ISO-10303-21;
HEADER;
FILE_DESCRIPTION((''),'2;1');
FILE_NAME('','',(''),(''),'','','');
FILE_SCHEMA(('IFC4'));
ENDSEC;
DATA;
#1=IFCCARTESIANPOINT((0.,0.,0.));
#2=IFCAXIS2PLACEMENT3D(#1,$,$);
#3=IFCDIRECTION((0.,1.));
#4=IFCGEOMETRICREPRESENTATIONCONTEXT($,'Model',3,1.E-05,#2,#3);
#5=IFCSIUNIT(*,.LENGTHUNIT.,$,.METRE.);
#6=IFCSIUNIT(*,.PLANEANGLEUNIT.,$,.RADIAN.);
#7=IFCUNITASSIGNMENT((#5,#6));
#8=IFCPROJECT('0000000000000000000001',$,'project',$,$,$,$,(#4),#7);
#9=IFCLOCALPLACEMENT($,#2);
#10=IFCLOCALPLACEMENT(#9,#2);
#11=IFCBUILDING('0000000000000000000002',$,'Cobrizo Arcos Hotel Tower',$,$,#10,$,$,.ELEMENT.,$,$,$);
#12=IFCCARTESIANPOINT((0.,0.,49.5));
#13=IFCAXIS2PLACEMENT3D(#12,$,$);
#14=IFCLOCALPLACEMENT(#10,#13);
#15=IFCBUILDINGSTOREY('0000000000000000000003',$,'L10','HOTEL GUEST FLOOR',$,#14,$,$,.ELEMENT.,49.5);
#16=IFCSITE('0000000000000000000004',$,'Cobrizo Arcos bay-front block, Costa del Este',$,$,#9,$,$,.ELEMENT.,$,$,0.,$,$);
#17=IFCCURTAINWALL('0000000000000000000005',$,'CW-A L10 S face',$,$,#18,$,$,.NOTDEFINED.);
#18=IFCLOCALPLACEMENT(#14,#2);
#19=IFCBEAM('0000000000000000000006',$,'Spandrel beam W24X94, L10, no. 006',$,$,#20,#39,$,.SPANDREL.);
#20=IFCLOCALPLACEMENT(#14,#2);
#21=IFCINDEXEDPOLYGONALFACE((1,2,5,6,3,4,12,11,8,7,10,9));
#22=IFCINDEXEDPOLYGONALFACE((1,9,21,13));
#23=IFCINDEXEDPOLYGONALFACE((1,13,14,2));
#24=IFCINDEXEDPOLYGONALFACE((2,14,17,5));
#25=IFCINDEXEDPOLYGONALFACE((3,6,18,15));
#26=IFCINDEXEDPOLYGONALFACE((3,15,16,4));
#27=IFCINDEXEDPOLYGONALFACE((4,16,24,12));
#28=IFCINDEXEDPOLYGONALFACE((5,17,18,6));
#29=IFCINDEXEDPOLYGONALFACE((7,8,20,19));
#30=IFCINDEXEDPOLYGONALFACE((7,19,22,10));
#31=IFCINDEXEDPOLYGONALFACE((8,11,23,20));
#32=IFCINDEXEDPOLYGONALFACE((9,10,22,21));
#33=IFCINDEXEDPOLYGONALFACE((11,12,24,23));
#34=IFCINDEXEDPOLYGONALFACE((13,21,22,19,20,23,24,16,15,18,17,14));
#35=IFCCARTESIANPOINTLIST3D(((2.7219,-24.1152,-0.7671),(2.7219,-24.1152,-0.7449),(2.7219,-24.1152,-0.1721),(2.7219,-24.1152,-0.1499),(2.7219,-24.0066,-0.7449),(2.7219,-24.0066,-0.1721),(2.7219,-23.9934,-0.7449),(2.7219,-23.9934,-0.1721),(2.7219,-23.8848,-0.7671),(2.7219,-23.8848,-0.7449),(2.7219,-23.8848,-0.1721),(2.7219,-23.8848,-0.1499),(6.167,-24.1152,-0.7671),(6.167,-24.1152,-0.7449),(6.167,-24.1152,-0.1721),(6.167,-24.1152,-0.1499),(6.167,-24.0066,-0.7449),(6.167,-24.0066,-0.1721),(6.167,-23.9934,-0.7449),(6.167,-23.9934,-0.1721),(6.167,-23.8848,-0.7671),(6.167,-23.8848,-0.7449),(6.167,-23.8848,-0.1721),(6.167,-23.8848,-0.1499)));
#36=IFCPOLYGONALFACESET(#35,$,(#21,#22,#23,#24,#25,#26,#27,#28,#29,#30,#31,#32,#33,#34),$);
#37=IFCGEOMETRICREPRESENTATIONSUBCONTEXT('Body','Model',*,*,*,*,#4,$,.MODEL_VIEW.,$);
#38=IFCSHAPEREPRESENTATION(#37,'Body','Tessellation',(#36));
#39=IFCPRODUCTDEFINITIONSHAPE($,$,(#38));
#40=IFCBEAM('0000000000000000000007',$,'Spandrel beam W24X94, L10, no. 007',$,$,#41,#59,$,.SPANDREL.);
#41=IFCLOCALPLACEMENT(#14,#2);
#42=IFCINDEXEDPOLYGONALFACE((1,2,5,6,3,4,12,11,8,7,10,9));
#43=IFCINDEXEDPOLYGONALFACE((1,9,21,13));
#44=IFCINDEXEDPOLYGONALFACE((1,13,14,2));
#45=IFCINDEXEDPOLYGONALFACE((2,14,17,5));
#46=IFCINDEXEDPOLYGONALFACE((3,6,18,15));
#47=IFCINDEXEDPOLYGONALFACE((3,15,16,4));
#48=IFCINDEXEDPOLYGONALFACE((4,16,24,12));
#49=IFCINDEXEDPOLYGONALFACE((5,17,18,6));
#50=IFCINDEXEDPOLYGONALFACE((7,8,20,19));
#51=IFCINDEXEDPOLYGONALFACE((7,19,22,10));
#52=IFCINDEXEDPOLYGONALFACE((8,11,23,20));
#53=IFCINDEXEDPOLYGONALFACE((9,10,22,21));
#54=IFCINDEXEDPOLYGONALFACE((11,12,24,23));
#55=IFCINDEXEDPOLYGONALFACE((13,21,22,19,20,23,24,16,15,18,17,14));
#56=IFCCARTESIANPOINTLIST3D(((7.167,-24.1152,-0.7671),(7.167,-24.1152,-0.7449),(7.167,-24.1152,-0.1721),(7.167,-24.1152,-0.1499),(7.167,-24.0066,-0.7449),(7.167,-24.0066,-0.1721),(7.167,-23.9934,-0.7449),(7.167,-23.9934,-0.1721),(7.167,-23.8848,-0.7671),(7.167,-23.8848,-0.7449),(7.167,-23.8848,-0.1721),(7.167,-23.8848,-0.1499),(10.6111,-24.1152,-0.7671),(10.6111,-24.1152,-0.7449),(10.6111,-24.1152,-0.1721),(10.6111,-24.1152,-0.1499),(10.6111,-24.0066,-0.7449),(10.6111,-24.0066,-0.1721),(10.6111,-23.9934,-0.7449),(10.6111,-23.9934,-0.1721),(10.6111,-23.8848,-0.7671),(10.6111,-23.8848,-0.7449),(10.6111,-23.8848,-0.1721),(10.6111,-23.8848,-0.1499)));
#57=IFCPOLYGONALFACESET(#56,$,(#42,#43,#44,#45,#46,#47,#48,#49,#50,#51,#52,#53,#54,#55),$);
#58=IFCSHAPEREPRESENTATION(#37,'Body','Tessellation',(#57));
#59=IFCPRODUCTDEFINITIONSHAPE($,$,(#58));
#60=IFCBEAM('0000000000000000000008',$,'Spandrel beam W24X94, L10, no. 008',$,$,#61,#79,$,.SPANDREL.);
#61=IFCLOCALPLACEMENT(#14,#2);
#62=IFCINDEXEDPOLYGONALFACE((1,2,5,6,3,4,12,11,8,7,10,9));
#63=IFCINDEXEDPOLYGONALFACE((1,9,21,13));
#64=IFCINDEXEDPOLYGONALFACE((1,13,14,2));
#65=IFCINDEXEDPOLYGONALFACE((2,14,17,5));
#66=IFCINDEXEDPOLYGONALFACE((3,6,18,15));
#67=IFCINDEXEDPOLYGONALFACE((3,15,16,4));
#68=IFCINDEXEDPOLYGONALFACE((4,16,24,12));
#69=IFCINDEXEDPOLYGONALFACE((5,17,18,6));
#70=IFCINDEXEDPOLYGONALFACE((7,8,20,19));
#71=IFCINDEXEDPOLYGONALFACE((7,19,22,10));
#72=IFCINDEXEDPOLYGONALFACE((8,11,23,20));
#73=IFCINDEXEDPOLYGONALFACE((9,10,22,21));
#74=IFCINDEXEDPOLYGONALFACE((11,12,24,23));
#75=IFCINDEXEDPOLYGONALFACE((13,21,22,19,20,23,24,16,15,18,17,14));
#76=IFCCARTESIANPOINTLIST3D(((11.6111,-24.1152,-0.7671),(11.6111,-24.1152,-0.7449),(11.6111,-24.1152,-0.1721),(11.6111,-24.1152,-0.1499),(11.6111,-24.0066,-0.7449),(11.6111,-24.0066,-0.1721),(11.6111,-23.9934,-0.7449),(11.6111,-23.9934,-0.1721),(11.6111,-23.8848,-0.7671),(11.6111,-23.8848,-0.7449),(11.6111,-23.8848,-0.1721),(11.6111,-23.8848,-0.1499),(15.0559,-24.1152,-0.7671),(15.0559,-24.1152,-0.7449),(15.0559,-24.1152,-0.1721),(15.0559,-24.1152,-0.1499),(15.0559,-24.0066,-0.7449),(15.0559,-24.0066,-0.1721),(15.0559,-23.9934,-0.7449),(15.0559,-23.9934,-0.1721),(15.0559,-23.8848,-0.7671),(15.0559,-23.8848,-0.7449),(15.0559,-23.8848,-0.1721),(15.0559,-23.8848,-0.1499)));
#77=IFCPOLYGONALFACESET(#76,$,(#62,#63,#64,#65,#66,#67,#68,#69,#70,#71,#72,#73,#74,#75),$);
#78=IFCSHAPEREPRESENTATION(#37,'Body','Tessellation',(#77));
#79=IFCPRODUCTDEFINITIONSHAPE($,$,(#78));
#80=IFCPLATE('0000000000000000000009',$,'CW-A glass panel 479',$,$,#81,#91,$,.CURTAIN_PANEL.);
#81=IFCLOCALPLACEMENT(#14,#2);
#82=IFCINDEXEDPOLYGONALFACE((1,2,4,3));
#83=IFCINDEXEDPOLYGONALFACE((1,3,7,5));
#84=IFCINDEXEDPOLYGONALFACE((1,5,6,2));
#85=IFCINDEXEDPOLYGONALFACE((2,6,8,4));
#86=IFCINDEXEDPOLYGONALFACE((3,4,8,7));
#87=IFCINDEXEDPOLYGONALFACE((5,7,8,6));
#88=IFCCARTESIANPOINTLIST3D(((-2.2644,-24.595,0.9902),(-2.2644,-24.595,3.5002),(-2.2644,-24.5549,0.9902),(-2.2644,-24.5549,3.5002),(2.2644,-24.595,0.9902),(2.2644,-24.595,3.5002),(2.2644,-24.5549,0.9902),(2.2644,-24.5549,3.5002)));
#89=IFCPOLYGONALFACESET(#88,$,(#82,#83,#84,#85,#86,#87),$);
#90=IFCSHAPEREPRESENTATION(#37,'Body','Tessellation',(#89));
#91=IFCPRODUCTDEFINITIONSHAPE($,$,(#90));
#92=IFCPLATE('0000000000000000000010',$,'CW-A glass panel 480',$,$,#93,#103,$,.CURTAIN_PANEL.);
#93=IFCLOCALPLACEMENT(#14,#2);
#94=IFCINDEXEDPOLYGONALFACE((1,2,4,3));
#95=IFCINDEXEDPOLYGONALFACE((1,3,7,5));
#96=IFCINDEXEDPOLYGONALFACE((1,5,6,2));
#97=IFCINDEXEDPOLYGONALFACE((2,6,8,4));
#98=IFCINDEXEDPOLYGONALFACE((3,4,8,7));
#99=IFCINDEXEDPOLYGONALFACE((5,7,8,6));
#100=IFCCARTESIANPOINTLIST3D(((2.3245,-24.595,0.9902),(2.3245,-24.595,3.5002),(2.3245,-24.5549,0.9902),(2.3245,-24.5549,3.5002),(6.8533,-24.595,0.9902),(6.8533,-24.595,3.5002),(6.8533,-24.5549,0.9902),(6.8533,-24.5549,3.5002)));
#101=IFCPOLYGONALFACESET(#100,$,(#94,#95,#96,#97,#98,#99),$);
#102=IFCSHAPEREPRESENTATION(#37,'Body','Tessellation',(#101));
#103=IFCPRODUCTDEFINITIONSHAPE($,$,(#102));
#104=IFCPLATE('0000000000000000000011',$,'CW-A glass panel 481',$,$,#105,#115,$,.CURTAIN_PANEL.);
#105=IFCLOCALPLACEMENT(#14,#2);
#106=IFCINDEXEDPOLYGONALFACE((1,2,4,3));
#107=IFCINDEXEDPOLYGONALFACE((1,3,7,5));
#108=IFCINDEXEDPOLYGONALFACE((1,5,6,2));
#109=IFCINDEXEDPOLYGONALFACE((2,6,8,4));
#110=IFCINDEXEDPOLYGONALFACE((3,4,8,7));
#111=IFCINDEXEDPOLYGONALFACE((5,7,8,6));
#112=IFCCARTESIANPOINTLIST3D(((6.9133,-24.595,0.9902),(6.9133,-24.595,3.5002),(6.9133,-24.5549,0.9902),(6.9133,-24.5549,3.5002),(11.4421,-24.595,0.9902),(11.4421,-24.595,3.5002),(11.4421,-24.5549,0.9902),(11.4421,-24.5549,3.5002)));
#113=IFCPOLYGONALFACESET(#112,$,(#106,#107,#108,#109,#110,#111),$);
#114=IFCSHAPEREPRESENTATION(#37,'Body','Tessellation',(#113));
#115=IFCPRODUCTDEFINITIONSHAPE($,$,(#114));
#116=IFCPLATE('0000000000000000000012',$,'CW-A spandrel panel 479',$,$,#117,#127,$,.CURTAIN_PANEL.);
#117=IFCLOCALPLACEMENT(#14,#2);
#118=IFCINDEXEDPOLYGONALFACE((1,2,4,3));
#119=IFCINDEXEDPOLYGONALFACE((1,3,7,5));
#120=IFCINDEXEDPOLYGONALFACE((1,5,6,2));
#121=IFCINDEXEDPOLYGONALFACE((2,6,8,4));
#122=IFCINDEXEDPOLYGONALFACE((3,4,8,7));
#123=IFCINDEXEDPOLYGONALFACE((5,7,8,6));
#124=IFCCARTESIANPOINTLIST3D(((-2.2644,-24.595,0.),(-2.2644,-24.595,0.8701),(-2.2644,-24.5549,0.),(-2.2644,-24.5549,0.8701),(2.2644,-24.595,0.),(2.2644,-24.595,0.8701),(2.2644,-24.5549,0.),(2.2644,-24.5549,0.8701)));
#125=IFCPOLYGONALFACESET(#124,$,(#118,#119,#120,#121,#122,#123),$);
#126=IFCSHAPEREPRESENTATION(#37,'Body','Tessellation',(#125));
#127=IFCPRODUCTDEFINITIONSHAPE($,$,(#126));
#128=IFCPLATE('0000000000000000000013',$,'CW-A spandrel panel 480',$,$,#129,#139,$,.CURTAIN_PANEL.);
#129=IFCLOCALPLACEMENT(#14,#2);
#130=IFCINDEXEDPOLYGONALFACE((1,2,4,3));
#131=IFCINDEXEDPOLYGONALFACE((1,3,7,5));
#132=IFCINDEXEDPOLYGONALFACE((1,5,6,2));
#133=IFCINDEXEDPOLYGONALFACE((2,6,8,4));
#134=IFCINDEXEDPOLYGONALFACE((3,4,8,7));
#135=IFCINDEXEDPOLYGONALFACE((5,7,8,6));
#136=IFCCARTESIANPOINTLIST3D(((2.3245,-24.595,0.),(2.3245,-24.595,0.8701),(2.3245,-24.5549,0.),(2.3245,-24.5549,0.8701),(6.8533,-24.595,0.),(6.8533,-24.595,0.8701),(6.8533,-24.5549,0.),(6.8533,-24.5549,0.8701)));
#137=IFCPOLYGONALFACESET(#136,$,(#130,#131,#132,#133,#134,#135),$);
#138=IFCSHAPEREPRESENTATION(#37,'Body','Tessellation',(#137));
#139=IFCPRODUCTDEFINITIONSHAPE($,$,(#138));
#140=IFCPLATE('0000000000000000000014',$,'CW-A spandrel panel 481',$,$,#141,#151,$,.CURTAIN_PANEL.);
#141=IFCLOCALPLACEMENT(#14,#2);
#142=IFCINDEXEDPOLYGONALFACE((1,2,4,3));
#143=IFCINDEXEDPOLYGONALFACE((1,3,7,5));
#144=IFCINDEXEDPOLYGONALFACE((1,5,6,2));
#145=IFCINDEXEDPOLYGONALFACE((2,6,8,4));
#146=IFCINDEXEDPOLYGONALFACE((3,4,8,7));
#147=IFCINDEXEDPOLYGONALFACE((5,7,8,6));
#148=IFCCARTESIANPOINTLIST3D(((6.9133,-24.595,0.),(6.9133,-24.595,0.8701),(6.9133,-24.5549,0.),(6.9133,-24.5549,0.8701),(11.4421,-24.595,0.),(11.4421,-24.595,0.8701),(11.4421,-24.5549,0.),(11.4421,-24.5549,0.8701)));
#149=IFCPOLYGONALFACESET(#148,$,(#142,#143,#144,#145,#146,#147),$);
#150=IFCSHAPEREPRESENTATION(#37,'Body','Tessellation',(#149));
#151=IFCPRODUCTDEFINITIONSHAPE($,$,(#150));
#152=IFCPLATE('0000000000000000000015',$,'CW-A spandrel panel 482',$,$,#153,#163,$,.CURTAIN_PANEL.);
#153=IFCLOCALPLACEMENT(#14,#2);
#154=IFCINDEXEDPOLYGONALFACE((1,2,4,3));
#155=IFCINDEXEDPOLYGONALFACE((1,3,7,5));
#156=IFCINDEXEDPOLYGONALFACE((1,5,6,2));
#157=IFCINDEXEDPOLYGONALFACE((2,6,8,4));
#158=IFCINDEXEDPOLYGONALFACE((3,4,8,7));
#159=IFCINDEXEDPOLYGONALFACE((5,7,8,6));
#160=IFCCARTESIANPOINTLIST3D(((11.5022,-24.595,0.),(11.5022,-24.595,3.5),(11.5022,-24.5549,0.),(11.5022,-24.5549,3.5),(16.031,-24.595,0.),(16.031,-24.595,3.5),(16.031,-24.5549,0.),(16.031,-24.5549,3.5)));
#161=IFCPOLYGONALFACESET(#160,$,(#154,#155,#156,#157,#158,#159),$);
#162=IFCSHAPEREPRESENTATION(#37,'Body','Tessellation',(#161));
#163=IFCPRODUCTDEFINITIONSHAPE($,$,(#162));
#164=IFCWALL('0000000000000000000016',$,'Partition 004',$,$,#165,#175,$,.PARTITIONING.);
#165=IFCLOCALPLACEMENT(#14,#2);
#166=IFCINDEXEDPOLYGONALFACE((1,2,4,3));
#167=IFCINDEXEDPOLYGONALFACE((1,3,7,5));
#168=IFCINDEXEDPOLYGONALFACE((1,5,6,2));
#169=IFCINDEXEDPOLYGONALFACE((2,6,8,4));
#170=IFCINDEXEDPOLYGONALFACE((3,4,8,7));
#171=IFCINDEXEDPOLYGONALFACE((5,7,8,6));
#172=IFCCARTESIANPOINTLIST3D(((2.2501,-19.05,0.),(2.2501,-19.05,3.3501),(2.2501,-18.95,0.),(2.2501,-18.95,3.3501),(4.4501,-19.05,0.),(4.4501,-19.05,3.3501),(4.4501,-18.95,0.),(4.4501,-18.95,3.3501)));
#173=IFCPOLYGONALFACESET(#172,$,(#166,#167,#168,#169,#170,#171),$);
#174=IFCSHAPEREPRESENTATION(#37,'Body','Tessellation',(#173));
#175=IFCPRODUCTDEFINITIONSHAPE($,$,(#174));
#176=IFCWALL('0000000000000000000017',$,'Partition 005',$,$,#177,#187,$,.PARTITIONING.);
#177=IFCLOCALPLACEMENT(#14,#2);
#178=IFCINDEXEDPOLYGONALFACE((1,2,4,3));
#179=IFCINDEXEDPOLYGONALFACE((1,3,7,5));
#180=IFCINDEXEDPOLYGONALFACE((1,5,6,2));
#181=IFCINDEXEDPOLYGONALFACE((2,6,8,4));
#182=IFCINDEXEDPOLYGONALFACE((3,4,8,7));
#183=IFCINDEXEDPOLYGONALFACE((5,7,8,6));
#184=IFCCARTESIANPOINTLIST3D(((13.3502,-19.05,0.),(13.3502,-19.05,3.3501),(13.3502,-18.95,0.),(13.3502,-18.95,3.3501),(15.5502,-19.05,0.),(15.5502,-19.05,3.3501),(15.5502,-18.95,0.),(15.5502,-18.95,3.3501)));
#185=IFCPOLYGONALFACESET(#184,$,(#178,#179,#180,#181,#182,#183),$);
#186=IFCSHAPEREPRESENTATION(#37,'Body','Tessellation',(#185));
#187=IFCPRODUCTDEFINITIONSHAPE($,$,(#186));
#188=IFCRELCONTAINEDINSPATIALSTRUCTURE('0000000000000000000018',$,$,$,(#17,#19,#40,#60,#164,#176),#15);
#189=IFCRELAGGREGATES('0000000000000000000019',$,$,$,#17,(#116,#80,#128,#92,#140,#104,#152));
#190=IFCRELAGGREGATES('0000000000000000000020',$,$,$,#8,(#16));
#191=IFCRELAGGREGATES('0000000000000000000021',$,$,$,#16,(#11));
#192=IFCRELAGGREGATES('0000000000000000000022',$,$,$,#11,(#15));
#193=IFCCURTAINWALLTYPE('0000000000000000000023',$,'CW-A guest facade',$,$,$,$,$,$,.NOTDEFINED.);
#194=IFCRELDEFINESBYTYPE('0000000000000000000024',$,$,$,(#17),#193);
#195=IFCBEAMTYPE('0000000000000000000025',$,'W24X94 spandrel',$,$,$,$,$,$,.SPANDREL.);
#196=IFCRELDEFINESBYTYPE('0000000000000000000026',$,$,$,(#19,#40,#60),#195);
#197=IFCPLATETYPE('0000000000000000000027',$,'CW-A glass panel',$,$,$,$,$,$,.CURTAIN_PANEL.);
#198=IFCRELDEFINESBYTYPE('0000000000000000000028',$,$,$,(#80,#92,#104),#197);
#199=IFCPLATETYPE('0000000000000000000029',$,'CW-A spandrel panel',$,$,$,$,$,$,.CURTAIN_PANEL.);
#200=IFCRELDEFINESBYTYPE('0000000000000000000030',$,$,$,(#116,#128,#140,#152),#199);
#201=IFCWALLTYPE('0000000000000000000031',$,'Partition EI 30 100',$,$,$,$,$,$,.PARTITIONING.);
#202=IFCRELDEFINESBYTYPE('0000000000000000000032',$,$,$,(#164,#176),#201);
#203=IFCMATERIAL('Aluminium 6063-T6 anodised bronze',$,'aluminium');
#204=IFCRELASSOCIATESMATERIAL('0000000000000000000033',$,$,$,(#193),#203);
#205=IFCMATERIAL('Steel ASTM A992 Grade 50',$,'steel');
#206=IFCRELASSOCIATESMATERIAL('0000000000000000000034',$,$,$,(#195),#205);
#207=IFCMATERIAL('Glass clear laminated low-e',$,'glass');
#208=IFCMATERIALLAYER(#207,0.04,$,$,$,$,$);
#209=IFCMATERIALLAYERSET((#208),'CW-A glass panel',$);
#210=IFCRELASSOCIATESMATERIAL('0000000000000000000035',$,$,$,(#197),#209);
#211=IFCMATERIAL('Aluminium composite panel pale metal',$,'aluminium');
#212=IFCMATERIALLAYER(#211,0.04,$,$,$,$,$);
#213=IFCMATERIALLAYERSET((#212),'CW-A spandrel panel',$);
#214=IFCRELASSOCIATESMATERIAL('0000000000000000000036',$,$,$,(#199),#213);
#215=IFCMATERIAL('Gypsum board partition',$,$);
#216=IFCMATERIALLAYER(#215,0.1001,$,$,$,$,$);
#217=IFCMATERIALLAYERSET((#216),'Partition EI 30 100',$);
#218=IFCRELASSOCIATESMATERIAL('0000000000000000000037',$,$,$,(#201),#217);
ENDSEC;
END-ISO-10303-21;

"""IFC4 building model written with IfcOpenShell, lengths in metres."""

from ifc_helpers import new_model, si_unit, direction, frame, frame_2d, origin, origin_2d, place, context, subcontext, project, spatial, rectangle, i_section, extrude, material, layer, layer_set, material_profile, profile_set, type_object, element, aggregate, save


model = new_model("IFC4")

# Units and contexts
model_context = context("Model", 3, precision=1e-05, world=origin(), true_north=direction((0.0, 1.0)))
body_context = subcontext(model_context, "Body", "Model", "MODEL_VIEW")
ifc_project = project(units=[si_unit("LENGTHUNIT", "METRE"), si_unit("PLANEANGLEUNIT", "RADIAN")], contexts=[model_context])

# Site, building, storey
site_placement = place(None, origin())
site = spatial("IfcSite", under=ifc_project, at=site_placement, Name="Cobrizo Arcos bay-front block, Costa del Este", CompositionType="ELEMENT", RefElevation=0.0)
building_placement = place(site_placement, origin())
building = spatial("IfcBuilding", under=site, at=building_placement, Name="Cobrizo Arcos Hotel Tower", CompositionType="ELEMENT")
storey_placement = place(building_placement, frame((0.0, 0.0, 49.5)))
storey = spatial("IfcBuildingStorey", under=building, at=storey_placement, Name="L10", Description="HOTEL GUEST FLOOR", CompositionType="ELEMENT", Elevation=49.5)

# Curtain wall
ifc_material_1 = material(Name="Aluminium 6063-T6 anodised bronze", Category="aluminium")
curtain_wall_type = type_object("IfcCurtainWallType", Name="CW-A guest facade", PredefinedType="NOTDEFINED", material=ifc_material_1)
curtain_wall_placement = place(storey_placement, origin())
curtain_wall = element("IfcCurtainWall", 1, at=curtain_wall_placement, inside=storey, type_object=curtain_wall_type, Name="CW-A L10 S face", PredefinedType="NOTDEFINED")

# Beams
ifc_material_2 = material(Name="Steel ASTM A992 Grade 50", Category="steel")
ifc_material_profile_1 = material_profile(ifc_material_2, i_section(OverallWidth=0.2305, OverallDepth=0.6172, WebThickness=0.0132, FlangeThickness=0.0222, at=origin_2d()), Name="W24X94")
ifc_profile_set_1 = profile_set([ifc_material_profile_1], Name="Steel ASTM A992 Grade 50")
beam_type_1 = type_object("IfcBeamType", Name="W24X94 spandrel", PredefinedType="SPANDREL", material=ifc_profile_set_1)
beam_1_placement = place(storey_placement, frame((2.7219, -24.0, -0.4585), z_axis=(1.0, 0.0, 0.0), x_axis=(0.0, 1.0, 0.0)))
element("IfcBeam", 2, at=beam_1_placement, inside=storey, type_object=beam_type_1, Name="Spandrel beam W24X94, L10, no. 006", PredefinedType="SPANDREL", context=body_context, shape_type="SweptSolid", body=[
    extrude(i_section(OverallWidth=0.2305, OverallDepth=0.6172, WebThickness=0.0132, FlangeThickness=0.0222, at=origin_2d()), origin(), (0.0, 0.0, 1.0), 3.4451),
])
beam_2_placement = place(storey_placement, frame((7.167, -24.0, -0.4585), z_axis=(1.0, 0.0, 0.0), x_axis=(0.0, 1.0, 0.0)))
element("IfcBeam", 3, at=beam_2_placement, inside=storey, type_object=beam_type_1, Name="Spandrel beam W24X94, L10, no. 007", PredefinedType="SPANDREL", context=body_context, shape_type="SweptSolid", body=[
    extrude(i_section(OverallWidth=0.2305, OverallDepth=0.6172, WebThickness=0.0132, FlangeThickness=0.0222, at=origin_2d()), origin(), (0.0, 0.0, 1.0), 3.4441),
])
beam_3_placement = place(storey_placement, frame((11.6111, -24.0, -0.4585), z_axis=(1.0, 0.0, 0.0), x_axis=(0.0, 1.0, 0.0)))
element("IfcBeam", 4, at=beam_3_placement, inside=storey, type_object=beam_type_1, Name="Spandrel beam W24X94, L10, no. 008", PredefinedType="SPANDREL", context=body_context, shape_type="SweptSolid", body=[
    extrude(i_section(OverallWidth=0.2305, OverallDepth=0.6172, WebThickness=0.0132, FlangeThickness=0.0222, at=origin_2d()), origin(), (0.0, 0.0, 1.0), 3.4448),
])

# Plates
ifc_material_3 = material(Name="Glass clear laminated low-e", Category="glass")
ifc_layer_1 = layer(ifc_material_3, 0.04)
ifc_layer_set_1 = layer_set([ifc_layer_1], Name="CW-A glass panel")
plate_type_1 = type_object("IfcPlateType", Name="CW-A glass panel", PredefinedType="CURTAIN_PANEL", material=ifc_layer_set_1)
plate_1_placement = place(storey_placement, frame((0.0, -24.575, 0.9902), z_axis=(0.0, 0.0, 1.0), x_axis=(1.0, 0.0, 0.0)))
plate_1 = element("IfcPlate", 5, at=plate_1_placement, type_object=plate_type_1, Name="CW-A glass panel 479", PredefinedType="CURTAIN_PANEL", context=body_context, shape_type="SweptSolid", body=[
    extrude(rectangle(XDim=4.5288, YDim=0.04, at=origin_2d()), origin(), (0.0, 0.0, 1.0), 2.51),
])
plate_2_placement = place(storey_placement, frame((4.5889, -24.575, 0.9902), z_axis=(0.0, 0.0, 1.0), x_axis=(1.0, 0.0, 0.0)))
plate_2 = element("IfcPlate", 6, at=plate_2_placement, type_object=plate_type_1, Name="CW-A glass panel 480", PredefinedType="CURTAIN_PANEL", context=body_context, shape_type="SweptSolid", body=[
    extrude(rectangle(XDim=4.5288, YDim=0.04, at=origin_2d()), origin(), (0.0, 0.0, 1.0), 2.51),
])
plate_3_placement = place(storey_placement, frame((9.1777, -24.575, 0.9902), z_axis=(0.0, 0.0, 1.0), x_axis=(1.0, 0.0, 0.0)))
plate_3 = element("IfcPlate", 7, at=plate_3_placement, type_object=plate_type_1, Name="CW-A glass panel 481", PredefinedType="CURTAIN_PANEL", context=body_context, shape_type="SweptSolid", body=[
    extrude(rectangle(XDim=4.5288, YDim=0.04, at=origin_2d()), origin(), (0.0, 0.0, 1.0), 2.51),
])
ifc_material_4 = material(Name="Aluminium composite panel pale metal", Category="aluminium")
ifc_layer_2 = layer(ifc_material_4, 0.04)
ifc_layer_set_2 = layer_set([ifc_layer_2], Name="CW-A spandrel panel")
plate_type_2 = type_object("IfcPlateType", Name="CW-A spandrel panel", PredefinedType="CURTAIN_PANEL", material=ifc_layer_set_2)
plate_4_placement = place(storey_placement, frame((0.0, -24.575, 0.0), z_axis=(0.0, 0.0, 1.0), x_axis=(1.0, 0.0, 0.0)))
plate_4 = element("IfcPlate", 8, at=plate_4_placement, type_object=plate_type_2, Name="CW-A spandrel panel 479", PredefinedType="CURTAIN_PANEL", context=body_context, shape_type="SweptSolid", body=[
    extrude(rectangle(XDim=4.5288, YDim=0.04, at=origin_2d()), origin(), (0.0, 0.0, 1.0), 0.8701),
])
plate_5_placement = place(storey_placement, frame((4.5889, -24.575, 0.0), z_axis=(0.0, 0.0, 1.0), x_axis=(1.0, 0.0, 0.0)))
plate_5 = element("IfcPlate", 9, at=plate_5_placement, type_object=plate_type_2, Name="CW-A spandrel panel 480", PredefinedType="CURTAIN_PANEL", context=body_context, shape_type="SweptSolid", body=[
    extrude(rectangle(XDim=4.5288, YDim=0.04, at=origin_2d()), origin(), (0.0, 0.0, 1.0), 0.8701),
])
plate_6_placement = place(storey_placement, frame((9.1777, -24.575, 0.0), z_axis=(0.0, 0.0, 1.0), x_axis=(1.0, 0.0, 0.0)))
plate_6 = element("IfcPlate", 10, at=plate_6_placement, type_object=plate_type_2, Name="CW-A spandrel panel 481", PredefinedType="CURTAIN_PANEL", context=body_context, shape_type="SweptSolid", body=[
    extrude(rectangle(XDim=4.5288, YDim=0.04, at=origin_2d()), origin(), (0.0, 0.0, 1.0), 0.8701),
])
plate_7_placement = place(storey_placement, frame((13.7666, -24.575, 0.0), z_axis=(0.0, 0.0, 1.0), x_axis=(1.0, 0.0, 0.0)))
plate_7 = element("IfcPlate", 11, at=plate_7_placement, type_object=plate_type_2, Name="CW-A spandrel panel 482", PredefinedType="CURTAIN_PANEL", context=body_context, shape_type="SweptSolid", body=[
    extrude(rectangle(XDim=4.5288, YDim=0.04, at=origin_2d()), origin(), (0.0, 0.0, 1.0), 3.5),
])
aggregate(curtain_wall, [plate_4, plate_1, plate_5, plate_2, plate_6, plate_3, plate_7])

# Walls
ifc_material_5 = material(Name="Gypsum board partition")
ifc_layer_3 = layer(ifc_material_5, 0.1001)
ifc_layer_set_3 = layer_set([ifc_layer_3], Name="Partition EI 30 100")
wall_type = type_object("IfcWallType", Name="Partition EI 30 100", PredefinedType="PARTITIONING", material=ifc_layer_set_3)
for number, where, z_axis, x_axis, name in (
    (12, (2.25, -19.0, 0.0), (0.0, 0.0, 1.0), (1.0, 0.0, 0.0), "Partition 004"),
    (13, (13.3501, -19.0, 0.0), (0.0, 0.0, 1.0), (1.0, 0.0, 0.0), "Partition 005"),
):
    element("IfcWall", number, at=place(storey_placement, frame(where, z_axis=z_axis, x_axis=x_axis)), inside=storey, type_object=wall_type, Name=name, PredefinedType="PARTITIONING", context=body_context, shape_type="SweptSolid", body=[
        extrude(rectangle(XDim=2.2, YDim=0.1001, at=frame_2d((1.1001, 0.0))), origin(), (0.0, 0.0, 1.0), 3.3501),
    ])

save(model, "model.ifc")
